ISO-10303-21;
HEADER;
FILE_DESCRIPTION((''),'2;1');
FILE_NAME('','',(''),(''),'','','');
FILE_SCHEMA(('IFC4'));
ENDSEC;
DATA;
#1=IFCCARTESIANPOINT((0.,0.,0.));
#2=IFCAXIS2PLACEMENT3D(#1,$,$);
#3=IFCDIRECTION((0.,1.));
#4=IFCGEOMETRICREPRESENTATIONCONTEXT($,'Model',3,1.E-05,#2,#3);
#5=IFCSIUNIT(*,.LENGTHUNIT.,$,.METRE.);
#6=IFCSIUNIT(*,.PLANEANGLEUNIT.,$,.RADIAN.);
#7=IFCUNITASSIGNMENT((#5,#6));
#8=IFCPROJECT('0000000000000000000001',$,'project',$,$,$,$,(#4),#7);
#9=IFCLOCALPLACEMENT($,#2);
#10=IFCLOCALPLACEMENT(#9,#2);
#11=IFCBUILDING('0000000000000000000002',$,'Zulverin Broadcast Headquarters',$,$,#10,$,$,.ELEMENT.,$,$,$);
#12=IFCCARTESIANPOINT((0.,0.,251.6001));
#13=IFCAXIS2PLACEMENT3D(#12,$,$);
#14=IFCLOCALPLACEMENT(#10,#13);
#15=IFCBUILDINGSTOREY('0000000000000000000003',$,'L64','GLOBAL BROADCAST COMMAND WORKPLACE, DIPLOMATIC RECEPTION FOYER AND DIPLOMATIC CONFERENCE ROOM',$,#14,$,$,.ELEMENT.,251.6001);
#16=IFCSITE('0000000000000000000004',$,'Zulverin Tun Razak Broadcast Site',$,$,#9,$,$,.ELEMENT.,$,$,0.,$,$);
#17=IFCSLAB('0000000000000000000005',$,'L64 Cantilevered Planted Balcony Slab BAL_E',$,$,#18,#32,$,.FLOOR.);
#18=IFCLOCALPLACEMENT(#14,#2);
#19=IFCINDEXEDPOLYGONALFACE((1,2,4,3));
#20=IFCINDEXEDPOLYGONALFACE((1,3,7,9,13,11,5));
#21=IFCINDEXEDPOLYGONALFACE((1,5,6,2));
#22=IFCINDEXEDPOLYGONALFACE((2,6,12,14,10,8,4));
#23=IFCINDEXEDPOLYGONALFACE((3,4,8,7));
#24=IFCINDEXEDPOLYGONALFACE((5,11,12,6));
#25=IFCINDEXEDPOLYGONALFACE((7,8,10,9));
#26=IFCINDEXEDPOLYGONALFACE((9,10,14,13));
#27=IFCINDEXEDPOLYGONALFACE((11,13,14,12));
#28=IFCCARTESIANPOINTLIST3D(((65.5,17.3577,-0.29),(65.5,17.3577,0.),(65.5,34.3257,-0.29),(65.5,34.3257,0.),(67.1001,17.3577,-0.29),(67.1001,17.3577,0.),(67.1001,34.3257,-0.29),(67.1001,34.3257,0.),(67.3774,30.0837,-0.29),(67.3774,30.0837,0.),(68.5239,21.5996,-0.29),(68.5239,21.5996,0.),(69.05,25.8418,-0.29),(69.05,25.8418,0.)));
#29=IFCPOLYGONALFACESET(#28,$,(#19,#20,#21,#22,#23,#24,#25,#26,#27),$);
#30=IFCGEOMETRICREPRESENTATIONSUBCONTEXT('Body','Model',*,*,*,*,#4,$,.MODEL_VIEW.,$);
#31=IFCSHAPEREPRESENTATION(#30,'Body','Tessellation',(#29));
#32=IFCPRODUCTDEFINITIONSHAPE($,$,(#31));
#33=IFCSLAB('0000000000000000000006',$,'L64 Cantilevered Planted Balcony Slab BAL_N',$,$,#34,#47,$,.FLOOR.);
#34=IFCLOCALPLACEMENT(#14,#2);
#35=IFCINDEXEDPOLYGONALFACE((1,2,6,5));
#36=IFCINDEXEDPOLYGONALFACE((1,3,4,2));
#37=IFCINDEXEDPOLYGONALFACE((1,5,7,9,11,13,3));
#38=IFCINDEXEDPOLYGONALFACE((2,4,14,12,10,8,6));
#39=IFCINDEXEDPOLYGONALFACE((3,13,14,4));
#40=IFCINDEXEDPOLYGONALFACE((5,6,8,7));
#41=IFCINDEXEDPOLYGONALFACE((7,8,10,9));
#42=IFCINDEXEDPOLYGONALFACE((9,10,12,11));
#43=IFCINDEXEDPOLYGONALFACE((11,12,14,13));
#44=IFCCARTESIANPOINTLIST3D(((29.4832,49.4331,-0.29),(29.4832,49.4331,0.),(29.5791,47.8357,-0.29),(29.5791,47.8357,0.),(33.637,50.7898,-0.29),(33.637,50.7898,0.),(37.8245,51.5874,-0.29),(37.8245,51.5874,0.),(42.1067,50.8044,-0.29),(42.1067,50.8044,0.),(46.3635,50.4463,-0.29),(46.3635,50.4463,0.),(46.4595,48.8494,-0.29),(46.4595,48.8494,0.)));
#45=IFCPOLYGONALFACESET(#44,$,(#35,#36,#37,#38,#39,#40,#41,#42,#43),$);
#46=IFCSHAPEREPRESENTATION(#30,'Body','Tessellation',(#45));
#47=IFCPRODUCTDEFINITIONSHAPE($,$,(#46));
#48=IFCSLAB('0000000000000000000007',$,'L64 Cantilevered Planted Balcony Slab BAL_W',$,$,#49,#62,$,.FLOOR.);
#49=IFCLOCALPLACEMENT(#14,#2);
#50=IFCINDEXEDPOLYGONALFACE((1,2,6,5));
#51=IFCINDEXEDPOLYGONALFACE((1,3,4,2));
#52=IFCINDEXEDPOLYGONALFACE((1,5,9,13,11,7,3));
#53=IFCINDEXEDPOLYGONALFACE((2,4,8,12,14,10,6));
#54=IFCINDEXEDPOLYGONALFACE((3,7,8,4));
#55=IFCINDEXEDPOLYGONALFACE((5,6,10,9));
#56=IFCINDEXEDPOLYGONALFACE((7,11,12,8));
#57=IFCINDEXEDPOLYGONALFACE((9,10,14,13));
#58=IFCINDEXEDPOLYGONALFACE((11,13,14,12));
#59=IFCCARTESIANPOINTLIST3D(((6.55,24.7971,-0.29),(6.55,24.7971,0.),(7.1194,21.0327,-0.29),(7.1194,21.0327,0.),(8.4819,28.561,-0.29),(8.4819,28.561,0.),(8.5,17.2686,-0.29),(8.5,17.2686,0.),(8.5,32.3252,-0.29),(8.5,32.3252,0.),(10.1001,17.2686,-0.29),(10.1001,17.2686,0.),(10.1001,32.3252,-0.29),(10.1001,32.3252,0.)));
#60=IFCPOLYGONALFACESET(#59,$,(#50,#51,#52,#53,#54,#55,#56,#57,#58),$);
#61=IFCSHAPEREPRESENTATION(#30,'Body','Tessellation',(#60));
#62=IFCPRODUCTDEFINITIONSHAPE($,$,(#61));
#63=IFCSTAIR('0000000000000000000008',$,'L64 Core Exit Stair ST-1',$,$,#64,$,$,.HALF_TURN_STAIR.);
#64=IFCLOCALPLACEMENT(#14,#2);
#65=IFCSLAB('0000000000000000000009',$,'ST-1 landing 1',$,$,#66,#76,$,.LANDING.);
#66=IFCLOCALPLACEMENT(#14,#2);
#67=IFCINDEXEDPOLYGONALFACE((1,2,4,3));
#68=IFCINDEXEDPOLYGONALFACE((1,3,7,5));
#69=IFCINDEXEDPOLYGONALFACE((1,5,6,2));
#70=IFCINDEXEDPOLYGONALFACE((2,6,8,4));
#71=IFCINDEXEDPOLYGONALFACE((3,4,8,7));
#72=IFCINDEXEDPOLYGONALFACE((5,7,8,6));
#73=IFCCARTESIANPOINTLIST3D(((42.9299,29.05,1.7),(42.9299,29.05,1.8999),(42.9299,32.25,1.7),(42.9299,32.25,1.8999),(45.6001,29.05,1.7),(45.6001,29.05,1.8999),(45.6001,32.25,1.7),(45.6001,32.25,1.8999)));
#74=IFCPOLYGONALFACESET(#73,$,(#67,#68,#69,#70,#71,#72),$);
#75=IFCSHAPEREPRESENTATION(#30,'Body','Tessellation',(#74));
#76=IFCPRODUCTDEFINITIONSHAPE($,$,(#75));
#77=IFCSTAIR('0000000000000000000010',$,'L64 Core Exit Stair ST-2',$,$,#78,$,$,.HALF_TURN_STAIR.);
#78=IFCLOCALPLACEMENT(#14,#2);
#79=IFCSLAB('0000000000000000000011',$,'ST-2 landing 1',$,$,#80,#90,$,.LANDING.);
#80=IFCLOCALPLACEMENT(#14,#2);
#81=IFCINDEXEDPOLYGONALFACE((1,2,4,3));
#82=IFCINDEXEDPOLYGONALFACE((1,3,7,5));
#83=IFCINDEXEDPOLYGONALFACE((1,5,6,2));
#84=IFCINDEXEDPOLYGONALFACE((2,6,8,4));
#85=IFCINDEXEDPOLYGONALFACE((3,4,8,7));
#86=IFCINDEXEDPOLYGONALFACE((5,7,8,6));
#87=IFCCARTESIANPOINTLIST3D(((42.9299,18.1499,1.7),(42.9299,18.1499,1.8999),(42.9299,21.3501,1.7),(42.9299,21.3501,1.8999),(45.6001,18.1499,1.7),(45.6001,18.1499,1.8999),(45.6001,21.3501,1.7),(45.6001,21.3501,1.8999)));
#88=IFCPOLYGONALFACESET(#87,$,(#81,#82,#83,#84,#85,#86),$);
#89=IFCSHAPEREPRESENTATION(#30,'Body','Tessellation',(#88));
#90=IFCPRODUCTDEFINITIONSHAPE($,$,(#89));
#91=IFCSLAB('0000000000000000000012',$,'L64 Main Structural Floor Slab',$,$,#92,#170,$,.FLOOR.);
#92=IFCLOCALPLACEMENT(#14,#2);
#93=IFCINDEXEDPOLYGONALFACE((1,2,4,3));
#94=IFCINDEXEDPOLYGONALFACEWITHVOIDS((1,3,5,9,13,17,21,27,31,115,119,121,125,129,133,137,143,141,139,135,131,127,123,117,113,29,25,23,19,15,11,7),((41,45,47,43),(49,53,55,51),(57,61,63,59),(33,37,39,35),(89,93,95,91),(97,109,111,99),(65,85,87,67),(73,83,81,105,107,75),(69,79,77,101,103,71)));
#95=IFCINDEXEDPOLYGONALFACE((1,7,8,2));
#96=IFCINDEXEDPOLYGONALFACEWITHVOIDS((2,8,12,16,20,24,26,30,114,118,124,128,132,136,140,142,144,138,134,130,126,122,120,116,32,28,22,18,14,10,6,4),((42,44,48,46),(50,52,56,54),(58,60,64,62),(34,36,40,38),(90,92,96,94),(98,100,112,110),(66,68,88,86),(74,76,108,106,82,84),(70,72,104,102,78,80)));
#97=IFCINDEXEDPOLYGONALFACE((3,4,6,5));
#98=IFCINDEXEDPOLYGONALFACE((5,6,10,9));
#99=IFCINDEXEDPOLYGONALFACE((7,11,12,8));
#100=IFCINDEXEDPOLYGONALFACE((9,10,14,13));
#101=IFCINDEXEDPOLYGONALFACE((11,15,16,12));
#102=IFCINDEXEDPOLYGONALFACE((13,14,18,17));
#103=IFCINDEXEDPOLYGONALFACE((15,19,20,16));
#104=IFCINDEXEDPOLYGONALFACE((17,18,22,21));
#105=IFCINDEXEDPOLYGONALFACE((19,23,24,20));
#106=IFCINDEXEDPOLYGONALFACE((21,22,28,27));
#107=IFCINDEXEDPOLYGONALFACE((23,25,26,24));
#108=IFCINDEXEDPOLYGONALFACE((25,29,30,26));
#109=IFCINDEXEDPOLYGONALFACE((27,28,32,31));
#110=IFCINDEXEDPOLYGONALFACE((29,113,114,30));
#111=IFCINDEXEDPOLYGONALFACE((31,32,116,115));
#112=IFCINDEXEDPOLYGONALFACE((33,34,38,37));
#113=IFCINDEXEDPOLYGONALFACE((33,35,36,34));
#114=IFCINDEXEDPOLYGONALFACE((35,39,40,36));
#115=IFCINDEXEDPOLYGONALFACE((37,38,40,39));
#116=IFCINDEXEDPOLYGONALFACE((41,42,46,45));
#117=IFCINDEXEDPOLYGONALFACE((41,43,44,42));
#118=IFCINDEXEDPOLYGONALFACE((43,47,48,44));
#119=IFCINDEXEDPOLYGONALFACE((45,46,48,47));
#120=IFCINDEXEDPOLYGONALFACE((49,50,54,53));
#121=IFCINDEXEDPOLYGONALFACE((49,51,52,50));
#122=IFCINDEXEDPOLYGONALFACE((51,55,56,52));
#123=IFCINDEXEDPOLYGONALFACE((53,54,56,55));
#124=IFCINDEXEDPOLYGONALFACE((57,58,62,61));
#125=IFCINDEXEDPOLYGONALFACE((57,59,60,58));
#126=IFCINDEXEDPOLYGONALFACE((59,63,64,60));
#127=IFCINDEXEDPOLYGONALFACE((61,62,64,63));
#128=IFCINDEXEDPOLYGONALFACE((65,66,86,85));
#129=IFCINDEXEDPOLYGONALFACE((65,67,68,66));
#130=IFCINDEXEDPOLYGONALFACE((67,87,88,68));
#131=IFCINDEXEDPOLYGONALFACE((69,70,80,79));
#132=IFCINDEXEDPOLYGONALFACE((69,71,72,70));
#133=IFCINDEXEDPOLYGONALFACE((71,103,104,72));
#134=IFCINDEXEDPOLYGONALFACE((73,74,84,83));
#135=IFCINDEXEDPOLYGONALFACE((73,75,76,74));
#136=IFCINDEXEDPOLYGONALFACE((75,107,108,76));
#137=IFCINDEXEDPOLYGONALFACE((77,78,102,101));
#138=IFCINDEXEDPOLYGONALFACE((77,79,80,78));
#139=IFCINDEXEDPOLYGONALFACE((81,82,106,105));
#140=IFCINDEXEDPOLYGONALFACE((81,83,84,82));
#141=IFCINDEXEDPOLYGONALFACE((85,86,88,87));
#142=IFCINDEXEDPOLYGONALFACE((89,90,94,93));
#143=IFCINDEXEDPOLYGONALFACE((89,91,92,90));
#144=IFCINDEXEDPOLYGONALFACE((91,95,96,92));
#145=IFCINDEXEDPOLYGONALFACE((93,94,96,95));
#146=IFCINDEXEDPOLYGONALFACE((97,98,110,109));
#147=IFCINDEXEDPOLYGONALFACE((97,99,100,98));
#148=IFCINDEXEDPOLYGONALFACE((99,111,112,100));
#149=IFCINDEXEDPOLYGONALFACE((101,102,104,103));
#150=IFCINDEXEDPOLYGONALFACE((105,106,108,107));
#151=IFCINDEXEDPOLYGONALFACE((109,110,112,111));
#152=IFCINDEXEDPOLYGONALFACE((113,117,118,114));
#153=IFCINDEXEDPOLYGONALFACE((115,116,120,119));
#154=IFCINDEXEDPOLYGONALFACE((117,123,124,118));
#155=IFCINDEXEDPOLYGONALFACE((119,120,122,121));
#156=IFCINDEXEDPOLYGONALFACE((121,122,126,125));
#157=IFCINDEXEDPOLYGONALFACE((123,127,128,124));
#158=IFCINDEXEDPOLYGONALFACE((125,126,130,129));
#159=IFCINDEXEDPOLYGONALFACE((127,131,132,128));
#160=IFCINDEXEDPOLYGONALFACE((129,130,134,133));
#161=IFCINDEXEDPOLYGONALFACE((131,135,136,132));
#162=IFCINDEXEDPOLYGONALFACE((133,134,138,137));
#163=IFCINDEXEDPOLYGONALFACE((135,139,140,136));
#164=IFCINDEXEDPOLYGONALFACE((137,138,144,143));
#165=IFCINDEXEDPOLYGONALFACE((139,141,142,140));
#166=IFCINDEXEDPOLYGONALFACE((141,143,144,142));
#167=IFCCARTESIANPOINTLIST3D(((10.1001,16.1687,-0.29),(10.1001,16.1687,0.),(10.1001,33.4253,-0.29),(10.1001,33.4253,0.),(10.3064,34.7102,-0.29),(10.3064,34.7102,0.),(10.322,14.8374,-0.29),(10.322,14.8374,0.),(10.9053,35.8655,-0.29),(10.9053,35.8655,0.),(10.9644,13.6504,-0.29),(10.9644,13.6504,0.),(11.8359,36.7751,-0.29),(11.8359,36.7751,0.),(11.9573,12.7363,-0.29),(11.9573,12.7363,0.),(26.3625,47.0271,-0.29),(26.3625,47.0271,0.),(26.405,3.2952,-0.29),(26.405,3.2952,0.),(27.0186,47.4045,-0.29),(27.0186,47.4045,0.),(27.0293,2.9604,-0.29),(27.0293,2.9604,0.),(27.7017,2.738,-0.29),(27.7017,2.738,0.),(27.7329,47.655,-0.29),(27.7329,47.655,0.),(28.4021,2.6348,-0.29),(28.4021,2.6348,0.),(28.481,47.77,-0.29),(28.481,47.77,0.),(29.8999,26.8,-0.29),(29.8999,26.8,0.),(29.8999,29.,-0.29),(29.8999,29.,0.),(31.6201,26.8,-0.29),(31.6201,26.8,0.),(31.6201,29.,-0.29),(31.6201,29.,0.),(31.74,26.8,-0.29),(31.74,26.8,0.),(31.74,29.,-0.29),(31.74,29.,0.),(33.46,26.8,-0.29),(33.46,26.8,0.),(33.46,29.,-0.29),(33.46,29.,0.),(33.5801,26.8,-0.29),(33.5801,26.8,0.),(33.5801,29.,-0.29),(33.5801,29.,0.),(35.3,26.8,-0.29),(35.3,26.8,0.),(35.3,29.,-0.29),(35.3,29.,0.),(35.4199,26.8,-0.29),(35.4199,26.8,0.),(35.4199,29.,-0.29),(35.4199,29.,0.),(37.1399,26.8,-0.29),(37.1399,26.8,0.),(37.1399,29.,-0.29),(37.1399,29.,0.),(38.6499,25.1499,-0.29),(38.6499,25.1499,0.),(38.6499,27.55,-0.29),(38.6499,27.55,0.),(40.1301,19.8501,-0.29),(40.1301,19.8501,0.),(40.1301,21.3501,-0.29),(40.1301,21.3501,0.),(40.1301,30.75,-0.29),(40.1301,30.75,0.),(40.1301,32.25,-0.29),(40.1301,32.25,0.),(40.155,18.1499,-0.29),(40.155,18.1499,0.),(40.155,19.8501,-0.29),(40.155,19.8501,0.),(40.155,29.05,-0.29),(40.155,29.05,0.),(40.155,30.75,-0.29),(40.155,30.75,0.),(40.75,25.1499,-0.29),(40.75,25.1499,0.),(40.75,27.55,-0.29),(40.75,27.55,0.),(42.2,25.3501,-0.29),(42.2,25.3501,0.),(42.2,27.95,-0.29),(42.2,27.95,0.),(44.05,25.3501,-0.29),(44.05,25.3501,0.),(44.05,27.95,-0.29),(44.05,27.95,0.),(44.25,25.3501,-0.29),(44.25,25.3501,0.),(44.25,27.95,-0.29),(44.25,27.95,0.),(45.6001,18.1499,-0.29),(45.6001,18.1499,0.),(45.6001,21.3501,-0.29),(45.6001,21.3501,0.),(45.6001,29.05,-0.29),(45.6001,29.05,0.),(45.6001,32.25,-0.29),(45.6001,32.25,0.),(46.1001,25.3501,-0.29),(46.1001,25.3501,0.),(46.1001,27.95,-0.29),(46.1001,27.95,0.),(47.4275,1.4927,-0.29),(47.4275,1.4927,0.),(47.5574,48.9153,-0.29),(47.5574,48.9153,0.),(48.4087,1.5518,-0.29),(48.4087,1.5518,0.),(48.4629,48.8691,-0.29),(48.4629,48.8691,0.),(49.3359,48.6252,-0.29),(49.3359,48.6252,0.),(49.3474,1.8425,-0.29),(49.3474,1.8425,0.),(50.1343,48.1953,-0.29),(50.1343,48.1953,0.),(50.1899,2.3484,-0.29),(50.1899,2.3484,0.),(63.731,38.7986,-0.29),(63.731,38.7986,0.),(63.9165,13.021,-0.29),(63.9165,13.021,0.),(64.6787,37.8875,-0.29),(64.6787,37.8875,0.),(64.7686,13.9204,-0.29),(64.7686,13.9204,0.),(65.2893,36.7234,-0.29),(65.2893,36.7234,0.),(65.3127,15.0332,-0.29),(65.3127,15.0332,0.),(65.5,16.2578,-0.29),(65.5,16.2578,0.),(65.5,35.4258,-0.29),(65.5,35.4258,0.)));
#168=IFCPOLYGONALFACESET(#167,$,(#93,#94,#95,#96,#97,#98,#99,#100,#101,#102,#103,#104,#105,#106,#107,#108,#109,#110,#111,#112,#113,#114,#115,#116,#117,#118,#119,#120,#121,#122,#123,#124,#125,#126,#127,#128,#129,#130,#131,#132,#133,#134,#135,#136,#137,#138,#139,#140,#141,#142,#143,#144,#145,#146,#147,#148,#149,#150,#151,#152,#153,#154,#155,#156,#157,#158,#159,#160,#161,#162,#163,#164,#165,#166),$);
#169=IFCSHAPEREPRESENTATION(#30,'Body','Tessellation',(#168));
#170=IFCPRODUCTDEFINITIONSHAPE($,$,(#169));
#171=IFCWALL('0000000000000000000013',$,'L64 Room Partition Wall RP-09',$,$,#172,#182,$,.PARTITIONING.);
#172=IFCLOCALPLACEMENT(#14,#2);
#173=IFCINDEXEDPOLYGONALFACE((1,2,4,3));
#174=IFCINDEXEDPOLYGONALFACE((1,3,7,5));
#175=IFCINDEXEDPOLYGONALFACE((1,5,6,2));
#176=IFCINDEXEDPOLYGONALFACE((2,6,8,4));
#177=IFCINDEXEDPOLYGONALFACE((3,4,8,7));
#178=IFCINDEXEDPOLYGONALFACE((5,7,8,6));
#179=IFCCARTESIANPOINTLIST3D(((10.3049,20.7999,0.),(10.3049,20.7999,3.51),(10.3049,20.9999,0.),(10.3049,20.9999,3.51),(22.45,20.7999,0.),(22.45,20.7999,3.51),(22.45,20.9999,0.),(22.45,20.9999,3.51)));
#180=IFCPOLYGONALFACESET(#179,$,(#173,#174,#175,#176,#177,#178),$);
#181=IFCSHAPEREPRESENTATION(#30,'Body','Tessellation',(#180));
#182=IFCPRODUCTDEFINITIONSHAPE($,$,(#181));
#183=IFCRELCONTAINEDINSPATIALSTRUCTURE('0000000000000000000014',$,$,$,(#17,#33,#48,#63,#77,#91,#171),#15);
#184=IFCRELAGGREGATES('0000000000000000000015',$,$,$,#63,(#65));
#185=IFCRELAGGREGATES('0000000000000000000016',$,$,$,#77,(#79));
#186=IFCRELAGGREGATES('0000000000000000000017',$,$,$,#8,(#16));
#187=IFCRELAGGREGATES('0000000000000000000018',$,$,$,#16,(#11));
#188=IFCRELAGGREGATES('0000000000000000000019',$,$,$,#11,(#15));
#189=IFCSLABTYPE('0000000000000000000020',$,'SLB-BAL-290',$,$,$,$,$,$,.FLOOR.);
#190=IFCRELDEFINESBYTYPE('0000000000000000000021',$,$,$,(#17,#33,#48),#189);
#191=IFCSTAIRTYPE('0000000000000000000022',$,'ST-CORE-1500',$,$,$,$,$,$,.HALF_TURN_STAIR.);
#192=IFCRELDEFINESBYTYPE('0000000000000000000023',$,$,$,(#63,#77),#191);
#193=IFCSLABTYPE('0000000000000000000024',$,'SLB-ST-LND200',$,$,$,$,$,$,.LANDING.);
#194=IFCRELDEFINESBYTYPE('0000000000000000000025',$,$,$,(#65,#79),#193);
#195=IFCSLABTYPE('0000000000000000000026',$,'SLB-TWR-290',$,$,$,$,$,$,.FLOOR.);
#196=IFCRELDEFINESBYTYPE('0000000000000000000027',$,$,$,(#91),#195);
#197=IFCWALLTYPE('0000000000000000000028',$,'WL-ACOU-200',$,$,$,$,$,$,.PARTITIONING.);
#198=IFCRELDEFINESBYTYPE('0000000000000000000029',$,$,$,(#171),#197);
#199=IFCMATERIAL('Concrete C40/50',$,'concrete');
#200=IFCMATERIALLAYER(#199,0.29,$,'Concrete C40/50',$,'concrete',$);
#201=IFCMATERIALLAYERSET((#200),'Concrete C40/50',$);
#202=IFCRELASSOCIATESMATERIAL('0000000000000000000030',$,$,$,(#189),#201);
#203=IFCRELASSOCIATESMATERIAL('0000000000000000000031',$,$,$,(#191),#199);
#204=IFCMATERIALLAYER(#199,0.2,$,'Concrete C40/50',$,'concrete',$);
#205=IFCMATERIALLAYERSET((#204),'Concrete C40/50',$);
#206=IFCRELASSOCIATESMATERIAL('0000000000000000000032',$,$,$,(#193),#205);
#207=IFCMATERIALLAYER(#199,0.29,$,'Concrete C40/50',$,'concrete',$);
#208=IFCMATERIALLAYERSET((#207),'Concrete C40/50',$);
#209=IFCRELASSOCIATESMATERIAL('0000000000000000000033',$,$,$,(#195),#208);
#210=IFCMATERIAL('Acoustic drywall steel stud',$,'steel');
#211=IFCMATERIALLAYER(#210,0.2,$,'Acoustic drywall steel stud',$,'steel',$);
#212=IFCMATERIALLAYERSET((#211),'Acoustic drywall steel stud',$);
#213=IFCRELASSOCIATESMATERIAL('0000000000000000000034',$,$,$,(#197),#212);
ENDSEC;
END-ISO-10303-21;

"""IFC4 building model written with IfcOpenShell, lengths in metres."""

from ifc_helpers import new_model, si_unit, direction, frame, frame_2d, origin, place, context, subcontext, project, spatial, polyline, rectangle, outline, extrude, material, layer, layer_set, type_object, element, aggregate, save


model = new_model("IFC4")

# Units and contexts
model_context = context("Model", 3, precision=1e-05, world=origin(), true_north=direction((0.0, 1.0)))
body_context = subcontext(model_context, "Body", "Model", "MODEL_VIEW")
ifc_project = project(units=[si_unit("LENGTHUNIT", "METRE"), si_unit("PLANEANGLEUNIT", "RADIAN")], contexts=[model_context])

# Site, building, storey
site_placement = place(None, origin())
site = spatial("IfcSite", under=ifc_project, at=site_placement, Name="Zulverin Tun Razak Broadcast Site", CompositionType="ELEMENT", RefElevation=0.0)
building_placement = place(site_placement, origin())
building = spatial("IfcBuilding", under=site, at=building_placement, Name="Zulverin Broadcast Headquarters", CompositionType="ELEMENT")
storey_placement = place(building_placement, frame((0.0, 0.0, 251.6001)))
storey = spatial("IfcBuildingStorey", under=building, at=storey_placement, Name="L64", Description="GLOBAL BROADCAST COMMAND WORKPLACE, DIPLOMATIC RECEPTION FOYER AND DIPLOMATIC CONFERENCE ROOM", CompositionType="ELEMENT", Elevation=251.6001)

# Slabs
ifc_material_1 = material(Name="Concrete C40/50", Category="concrete")
ifc_layer_1 = layer(ifc_material_1, 0.29, Name="Concrete C40/50", Category="concrete")
ifc_layer_set_1 = layer_set([ifc_layer_1], Name="Concrete C40/50")
slab_type_1 = type_object("IfcSlabType", Name="SLB-BAL-290", PredefinedType="FLOOR", material=ifc_layer_set_1)
slab_1_placement = place(storey_placement, frame((0.0, 0.0, -0.29)))
element("IfcSlab", 1, at=slab_1_placement, inside=storey, type_object=slab_type_1, Name="L64 Cantilevered Planted Balcony Slab BAL_E", PredefinedType="FLOOR", context=body_context, shape_type="SweptSolid", body=[
    extrude(outline(polyline([(65.5, 34.3257), (65.5, 17.3577), (67.1001, 17.3577), (68.5239, 21.5996), (69.05, 25.8418), (67.3774, 30.0837), (67.1001, 34.3257), (65.5, 34.3257)])), origin(), (0.0, 0.0, 1.0), 0.29),
])
slab_2_placement = place(storey_placement, frame((0.0, 0.0, -0.29)))
element("IfcSlab", 2, at=slab_2_placement, inside=storey, type_object=slab_type_1, Name="L64 Cantilevered Planted Balcony Slab BAL_N", PredefinedType="FLOOR", context=body_context, shape_type="SweptSolid", body=[
    extrude(outline(polyline([(29.5791, 47.8357), (46.4595, 48.8494), (46.3635, 50.4463), (42.1067, 50.8044), (37.8245, 51.5874), (33.637, 50.7898), (29.4832, 49.4331), (29.5791, 47.8357)])), origin(), (0.0, 0.0, 1.0), 0.29),
])
slab_3_placement = place(storey_placement, frame((0.0, 0.0, -0.29)))
element("IfcSlab", 3, at=slab_3_placement, inside=storey, type_object=slab_type_1, Name="L64 Cantilevered Planted Balcony Slab BAL_W", PredefinedType="FLOOR", context=body_context, shape_type="SweptSolid", body=[
    extrude(outline(polyline([(10.1001, 17.2686), (10.1001, 32.3252), (8.5, 32.3252), (8.4819, 28.561), (6.55, 24.7971), (7.1194, 21.0327), (8.5, 17.2686), (10.1001, 17.2686)])), origin(), (0.0, 0.0, 1.0), 0.29),
])

# Stairs, slabs
stair_type = type_object("IfcStairType", Name="ST-CORE-1500", PredefinedType="HALF_TURN_STAIR", material=ifc_material_1)
stair_1_placement = place(storey_placement, origin())
stair_1 = element("IfcStair", 4, at=stair_1_placement, inside=storey, type_object=stair_type, Name="L64 Core Exit Stair ST-1", PredefinedType="HALF_TURN_STAIR")
ifc_layer_2 = layer(ifc_material_1, 0.2, Name="Concrete C40/50", Category="concrete")
ifc_layer_set_2 = layer_set([ifc_layer_2], Name="Concrete C40/50")
slab_type_2 = type_object("IfcSlabType", Name="SLB-ST-LND200", PredefinedType="LANDING", material=ifc_layer_set_2)
slab_4_placement = place(storey_placement, frame((0.0, 0.0, 1.7)))
slab_4 = element("IfcSlab", 5, at=slab_4_placement, type_object=slab_type_2, Name="ST-1 landing 1", PredefinedType="LANDING", context=body_context, shape_type="SweptSolid", body=[
    extrude(outline(polyline([(42.9299, 29.05), (45.6001, 29.05), (45.6001, 32.25), (42.9299, 32.25), (42.9299, 29.05)])), origin(), (0.0, 0.0, 1.0), 0.2),
])
aggregate(stair_1, [slab_4])
stair_2_placement = place(storey_placement, origin())
stair_2 = element("IfcStair", 6, at=stair_2_placement, inside=storey, type_object=stair_type, Name="L64 Core Exit Stair ST-2", PredefinedType="HALF_TURN_STAIR")
slab_5_placement = place(storey_placement, frame((0.0, 0.0, 1.7)))
slab_5 = element("IfcSlab", 7, at=slab_5_placement, type_object=slab_type_2, Name="ST-2 landing 1", PredefinedType="LANDING", context=body_context, shape_type="SweptSolid", body=[
    extrude(outline(polyline([(42.9299, 18.1499), (45.6001, 18.1499), (45.6001, 21.3501), (42.9299, 21.3501), (42.9299, 18.1499)])), origin(), (0.0, 0.0, 1.0), 0.2),
])
aggregate(stair_2, [slab_5])

# Slab
ifc_layer_3 = layer(ifc_material_1, 0.29, Name="Concrete C40/50", Category="concrete")
ifc_layer_set_3 = layer_set([ifc_layer_3], Name="Concrete C40/50")
slab_type_3 = type_object("IfcSlabType", Name="SLB-TWR-290", PredefinedType="FLOOR", material=ifc_layer_set_3)
slab_6_placement = place(storey_placement, frame((0.0, 0.0, -0.29)))
element("IfcSlab", 8, at=slab_6_placement, inside=storey, type_object=slab_type_3, Name="L64 Main Structural Floor Slab", PredefinedType="FLOOR", context=body_context, shape_type="SweptSolid", body=[
    extrude(outline(polyline([(26.405, 3.2952), (27.0293, 2.9604), (27.7017, 2.738), (28.4021, 2.6348), (47.4275, 1.4927), (48.4087, 1.5518), (49.3474, 1.8425), (50.1899, 2.3484), (63.9165, 13.021), (64.7686, 13.9204), (65.3127, 15.0332), (65.5, 16.2578), (65.5, 35.4258), (65.2893, 36.7234), (64.6787, 37.8875), (63.731, 38.7986), (50.1343, 48.1953), (49.3359, 48.6252), (48.4629, 48.8691), (47.5574, 48.9153), (28.481, 47.77), (27.7329, 47.655), (27.0186, 47.4045), (26.3625, 47.0271), (11.8359, 36.7751), (10.9053, 35.8655), (10.3064, 34.7102), (10.1001, 33.4253), (10.1001, 16.1687), (10.322, 14.8374), (10.9644, 13.6504), (11.9573, 12.7363), (26.405, 3.2952)]), holes=[polyline([(40.155, 30.75), (40.1301, 30.75), (40.1301, 32.25), (45.6001, 32.25), (45.6001, 29.05), (40.155, 29.05), (40.155, 30.75)]), polyline([(40.155, 19.8501), (40.1301, 19.8501), (40.1301, 21.3501), (45.6001, 21.3501), (45.6001, 18.1499), (40.155, 18.1499), (40.155, 19.8501)]), polyline([(29.8999, 26.8), (31.6201, 26.8), (31.6201, 29.0), (29.8999, 29.0), (29.8999, 26.8)]), polyline([(31.74, 26.8), (33.46, 26.8), (33.46, 29.0), (31.74, 29.0), (31.74, 26.8)]), polyline([(33.5801, 26.8), (35.3, 26.8), (35.3, 29.0), (33.5801, 29.0), (33.5801, 26.8)]), polyline([(35.4199, 26.8), (37.1399, 26.8), (37.1399, 29.0), (35.4199, 29.0), (35.4199, 26.8)]), polyline([(42.2, 25.3501), (44.05, 25.3501), (44.05, 27.95), (42.2, 27.95), (42.2, 25.3501)]), polyline([(44.25, 25.3501), (46.1001, 25.3501), (46.1001, 27.95), (44.25, 27.95), (44.25, 25.3501)]), polyline([(38.6499, 25.1499), (40.75, 25.1499), (40.75, 27.55), (38.6499, 27.55), (38.6499, 25.1499)])]), origin(), (0.0, 0.0, 1.0), 0.29),
])

# Wall
ifc_material_2 = material(Name="Acoustic drywall steel stud", Category="steel")
ifc_layer_4 = layer(ifc_material_2, 0.2, Name="Acoustic drywall steel stud", Category="steel")
ifc_layer_set_4 = layer_set([ifc_layer_4], Name="Acoustic drywall steel stud")
wall_type_1 = type_object("IfcWallType", Name="WL-ACOU-200", PredefinedType="PARTITIONING", material=ifc_layer_set_4)
wall_1_placement = place(storey_placement, frame((10.3049, 20.8999, 0.0), z_axis=(0.0, 0.0, 1.0), x_axis=(1.0, 0.0, 0.0)))
element("IfcWall", 9, at=wall_1_placement, inside=storey, type_object=wall_type_1, Name="L64 Room Partition Wall RP-09", PredefinedType="PARTITIONING", context=body_context, shape_type="SweptSolid", body=[
    extrude(rectangle(XDim=12.145, YDim=0.2, at=frame_2d((6.0725, 0.0))), origin(), (0.0, 0.0, 1.0), 3.51),
])

save(model, "model.ifc")
